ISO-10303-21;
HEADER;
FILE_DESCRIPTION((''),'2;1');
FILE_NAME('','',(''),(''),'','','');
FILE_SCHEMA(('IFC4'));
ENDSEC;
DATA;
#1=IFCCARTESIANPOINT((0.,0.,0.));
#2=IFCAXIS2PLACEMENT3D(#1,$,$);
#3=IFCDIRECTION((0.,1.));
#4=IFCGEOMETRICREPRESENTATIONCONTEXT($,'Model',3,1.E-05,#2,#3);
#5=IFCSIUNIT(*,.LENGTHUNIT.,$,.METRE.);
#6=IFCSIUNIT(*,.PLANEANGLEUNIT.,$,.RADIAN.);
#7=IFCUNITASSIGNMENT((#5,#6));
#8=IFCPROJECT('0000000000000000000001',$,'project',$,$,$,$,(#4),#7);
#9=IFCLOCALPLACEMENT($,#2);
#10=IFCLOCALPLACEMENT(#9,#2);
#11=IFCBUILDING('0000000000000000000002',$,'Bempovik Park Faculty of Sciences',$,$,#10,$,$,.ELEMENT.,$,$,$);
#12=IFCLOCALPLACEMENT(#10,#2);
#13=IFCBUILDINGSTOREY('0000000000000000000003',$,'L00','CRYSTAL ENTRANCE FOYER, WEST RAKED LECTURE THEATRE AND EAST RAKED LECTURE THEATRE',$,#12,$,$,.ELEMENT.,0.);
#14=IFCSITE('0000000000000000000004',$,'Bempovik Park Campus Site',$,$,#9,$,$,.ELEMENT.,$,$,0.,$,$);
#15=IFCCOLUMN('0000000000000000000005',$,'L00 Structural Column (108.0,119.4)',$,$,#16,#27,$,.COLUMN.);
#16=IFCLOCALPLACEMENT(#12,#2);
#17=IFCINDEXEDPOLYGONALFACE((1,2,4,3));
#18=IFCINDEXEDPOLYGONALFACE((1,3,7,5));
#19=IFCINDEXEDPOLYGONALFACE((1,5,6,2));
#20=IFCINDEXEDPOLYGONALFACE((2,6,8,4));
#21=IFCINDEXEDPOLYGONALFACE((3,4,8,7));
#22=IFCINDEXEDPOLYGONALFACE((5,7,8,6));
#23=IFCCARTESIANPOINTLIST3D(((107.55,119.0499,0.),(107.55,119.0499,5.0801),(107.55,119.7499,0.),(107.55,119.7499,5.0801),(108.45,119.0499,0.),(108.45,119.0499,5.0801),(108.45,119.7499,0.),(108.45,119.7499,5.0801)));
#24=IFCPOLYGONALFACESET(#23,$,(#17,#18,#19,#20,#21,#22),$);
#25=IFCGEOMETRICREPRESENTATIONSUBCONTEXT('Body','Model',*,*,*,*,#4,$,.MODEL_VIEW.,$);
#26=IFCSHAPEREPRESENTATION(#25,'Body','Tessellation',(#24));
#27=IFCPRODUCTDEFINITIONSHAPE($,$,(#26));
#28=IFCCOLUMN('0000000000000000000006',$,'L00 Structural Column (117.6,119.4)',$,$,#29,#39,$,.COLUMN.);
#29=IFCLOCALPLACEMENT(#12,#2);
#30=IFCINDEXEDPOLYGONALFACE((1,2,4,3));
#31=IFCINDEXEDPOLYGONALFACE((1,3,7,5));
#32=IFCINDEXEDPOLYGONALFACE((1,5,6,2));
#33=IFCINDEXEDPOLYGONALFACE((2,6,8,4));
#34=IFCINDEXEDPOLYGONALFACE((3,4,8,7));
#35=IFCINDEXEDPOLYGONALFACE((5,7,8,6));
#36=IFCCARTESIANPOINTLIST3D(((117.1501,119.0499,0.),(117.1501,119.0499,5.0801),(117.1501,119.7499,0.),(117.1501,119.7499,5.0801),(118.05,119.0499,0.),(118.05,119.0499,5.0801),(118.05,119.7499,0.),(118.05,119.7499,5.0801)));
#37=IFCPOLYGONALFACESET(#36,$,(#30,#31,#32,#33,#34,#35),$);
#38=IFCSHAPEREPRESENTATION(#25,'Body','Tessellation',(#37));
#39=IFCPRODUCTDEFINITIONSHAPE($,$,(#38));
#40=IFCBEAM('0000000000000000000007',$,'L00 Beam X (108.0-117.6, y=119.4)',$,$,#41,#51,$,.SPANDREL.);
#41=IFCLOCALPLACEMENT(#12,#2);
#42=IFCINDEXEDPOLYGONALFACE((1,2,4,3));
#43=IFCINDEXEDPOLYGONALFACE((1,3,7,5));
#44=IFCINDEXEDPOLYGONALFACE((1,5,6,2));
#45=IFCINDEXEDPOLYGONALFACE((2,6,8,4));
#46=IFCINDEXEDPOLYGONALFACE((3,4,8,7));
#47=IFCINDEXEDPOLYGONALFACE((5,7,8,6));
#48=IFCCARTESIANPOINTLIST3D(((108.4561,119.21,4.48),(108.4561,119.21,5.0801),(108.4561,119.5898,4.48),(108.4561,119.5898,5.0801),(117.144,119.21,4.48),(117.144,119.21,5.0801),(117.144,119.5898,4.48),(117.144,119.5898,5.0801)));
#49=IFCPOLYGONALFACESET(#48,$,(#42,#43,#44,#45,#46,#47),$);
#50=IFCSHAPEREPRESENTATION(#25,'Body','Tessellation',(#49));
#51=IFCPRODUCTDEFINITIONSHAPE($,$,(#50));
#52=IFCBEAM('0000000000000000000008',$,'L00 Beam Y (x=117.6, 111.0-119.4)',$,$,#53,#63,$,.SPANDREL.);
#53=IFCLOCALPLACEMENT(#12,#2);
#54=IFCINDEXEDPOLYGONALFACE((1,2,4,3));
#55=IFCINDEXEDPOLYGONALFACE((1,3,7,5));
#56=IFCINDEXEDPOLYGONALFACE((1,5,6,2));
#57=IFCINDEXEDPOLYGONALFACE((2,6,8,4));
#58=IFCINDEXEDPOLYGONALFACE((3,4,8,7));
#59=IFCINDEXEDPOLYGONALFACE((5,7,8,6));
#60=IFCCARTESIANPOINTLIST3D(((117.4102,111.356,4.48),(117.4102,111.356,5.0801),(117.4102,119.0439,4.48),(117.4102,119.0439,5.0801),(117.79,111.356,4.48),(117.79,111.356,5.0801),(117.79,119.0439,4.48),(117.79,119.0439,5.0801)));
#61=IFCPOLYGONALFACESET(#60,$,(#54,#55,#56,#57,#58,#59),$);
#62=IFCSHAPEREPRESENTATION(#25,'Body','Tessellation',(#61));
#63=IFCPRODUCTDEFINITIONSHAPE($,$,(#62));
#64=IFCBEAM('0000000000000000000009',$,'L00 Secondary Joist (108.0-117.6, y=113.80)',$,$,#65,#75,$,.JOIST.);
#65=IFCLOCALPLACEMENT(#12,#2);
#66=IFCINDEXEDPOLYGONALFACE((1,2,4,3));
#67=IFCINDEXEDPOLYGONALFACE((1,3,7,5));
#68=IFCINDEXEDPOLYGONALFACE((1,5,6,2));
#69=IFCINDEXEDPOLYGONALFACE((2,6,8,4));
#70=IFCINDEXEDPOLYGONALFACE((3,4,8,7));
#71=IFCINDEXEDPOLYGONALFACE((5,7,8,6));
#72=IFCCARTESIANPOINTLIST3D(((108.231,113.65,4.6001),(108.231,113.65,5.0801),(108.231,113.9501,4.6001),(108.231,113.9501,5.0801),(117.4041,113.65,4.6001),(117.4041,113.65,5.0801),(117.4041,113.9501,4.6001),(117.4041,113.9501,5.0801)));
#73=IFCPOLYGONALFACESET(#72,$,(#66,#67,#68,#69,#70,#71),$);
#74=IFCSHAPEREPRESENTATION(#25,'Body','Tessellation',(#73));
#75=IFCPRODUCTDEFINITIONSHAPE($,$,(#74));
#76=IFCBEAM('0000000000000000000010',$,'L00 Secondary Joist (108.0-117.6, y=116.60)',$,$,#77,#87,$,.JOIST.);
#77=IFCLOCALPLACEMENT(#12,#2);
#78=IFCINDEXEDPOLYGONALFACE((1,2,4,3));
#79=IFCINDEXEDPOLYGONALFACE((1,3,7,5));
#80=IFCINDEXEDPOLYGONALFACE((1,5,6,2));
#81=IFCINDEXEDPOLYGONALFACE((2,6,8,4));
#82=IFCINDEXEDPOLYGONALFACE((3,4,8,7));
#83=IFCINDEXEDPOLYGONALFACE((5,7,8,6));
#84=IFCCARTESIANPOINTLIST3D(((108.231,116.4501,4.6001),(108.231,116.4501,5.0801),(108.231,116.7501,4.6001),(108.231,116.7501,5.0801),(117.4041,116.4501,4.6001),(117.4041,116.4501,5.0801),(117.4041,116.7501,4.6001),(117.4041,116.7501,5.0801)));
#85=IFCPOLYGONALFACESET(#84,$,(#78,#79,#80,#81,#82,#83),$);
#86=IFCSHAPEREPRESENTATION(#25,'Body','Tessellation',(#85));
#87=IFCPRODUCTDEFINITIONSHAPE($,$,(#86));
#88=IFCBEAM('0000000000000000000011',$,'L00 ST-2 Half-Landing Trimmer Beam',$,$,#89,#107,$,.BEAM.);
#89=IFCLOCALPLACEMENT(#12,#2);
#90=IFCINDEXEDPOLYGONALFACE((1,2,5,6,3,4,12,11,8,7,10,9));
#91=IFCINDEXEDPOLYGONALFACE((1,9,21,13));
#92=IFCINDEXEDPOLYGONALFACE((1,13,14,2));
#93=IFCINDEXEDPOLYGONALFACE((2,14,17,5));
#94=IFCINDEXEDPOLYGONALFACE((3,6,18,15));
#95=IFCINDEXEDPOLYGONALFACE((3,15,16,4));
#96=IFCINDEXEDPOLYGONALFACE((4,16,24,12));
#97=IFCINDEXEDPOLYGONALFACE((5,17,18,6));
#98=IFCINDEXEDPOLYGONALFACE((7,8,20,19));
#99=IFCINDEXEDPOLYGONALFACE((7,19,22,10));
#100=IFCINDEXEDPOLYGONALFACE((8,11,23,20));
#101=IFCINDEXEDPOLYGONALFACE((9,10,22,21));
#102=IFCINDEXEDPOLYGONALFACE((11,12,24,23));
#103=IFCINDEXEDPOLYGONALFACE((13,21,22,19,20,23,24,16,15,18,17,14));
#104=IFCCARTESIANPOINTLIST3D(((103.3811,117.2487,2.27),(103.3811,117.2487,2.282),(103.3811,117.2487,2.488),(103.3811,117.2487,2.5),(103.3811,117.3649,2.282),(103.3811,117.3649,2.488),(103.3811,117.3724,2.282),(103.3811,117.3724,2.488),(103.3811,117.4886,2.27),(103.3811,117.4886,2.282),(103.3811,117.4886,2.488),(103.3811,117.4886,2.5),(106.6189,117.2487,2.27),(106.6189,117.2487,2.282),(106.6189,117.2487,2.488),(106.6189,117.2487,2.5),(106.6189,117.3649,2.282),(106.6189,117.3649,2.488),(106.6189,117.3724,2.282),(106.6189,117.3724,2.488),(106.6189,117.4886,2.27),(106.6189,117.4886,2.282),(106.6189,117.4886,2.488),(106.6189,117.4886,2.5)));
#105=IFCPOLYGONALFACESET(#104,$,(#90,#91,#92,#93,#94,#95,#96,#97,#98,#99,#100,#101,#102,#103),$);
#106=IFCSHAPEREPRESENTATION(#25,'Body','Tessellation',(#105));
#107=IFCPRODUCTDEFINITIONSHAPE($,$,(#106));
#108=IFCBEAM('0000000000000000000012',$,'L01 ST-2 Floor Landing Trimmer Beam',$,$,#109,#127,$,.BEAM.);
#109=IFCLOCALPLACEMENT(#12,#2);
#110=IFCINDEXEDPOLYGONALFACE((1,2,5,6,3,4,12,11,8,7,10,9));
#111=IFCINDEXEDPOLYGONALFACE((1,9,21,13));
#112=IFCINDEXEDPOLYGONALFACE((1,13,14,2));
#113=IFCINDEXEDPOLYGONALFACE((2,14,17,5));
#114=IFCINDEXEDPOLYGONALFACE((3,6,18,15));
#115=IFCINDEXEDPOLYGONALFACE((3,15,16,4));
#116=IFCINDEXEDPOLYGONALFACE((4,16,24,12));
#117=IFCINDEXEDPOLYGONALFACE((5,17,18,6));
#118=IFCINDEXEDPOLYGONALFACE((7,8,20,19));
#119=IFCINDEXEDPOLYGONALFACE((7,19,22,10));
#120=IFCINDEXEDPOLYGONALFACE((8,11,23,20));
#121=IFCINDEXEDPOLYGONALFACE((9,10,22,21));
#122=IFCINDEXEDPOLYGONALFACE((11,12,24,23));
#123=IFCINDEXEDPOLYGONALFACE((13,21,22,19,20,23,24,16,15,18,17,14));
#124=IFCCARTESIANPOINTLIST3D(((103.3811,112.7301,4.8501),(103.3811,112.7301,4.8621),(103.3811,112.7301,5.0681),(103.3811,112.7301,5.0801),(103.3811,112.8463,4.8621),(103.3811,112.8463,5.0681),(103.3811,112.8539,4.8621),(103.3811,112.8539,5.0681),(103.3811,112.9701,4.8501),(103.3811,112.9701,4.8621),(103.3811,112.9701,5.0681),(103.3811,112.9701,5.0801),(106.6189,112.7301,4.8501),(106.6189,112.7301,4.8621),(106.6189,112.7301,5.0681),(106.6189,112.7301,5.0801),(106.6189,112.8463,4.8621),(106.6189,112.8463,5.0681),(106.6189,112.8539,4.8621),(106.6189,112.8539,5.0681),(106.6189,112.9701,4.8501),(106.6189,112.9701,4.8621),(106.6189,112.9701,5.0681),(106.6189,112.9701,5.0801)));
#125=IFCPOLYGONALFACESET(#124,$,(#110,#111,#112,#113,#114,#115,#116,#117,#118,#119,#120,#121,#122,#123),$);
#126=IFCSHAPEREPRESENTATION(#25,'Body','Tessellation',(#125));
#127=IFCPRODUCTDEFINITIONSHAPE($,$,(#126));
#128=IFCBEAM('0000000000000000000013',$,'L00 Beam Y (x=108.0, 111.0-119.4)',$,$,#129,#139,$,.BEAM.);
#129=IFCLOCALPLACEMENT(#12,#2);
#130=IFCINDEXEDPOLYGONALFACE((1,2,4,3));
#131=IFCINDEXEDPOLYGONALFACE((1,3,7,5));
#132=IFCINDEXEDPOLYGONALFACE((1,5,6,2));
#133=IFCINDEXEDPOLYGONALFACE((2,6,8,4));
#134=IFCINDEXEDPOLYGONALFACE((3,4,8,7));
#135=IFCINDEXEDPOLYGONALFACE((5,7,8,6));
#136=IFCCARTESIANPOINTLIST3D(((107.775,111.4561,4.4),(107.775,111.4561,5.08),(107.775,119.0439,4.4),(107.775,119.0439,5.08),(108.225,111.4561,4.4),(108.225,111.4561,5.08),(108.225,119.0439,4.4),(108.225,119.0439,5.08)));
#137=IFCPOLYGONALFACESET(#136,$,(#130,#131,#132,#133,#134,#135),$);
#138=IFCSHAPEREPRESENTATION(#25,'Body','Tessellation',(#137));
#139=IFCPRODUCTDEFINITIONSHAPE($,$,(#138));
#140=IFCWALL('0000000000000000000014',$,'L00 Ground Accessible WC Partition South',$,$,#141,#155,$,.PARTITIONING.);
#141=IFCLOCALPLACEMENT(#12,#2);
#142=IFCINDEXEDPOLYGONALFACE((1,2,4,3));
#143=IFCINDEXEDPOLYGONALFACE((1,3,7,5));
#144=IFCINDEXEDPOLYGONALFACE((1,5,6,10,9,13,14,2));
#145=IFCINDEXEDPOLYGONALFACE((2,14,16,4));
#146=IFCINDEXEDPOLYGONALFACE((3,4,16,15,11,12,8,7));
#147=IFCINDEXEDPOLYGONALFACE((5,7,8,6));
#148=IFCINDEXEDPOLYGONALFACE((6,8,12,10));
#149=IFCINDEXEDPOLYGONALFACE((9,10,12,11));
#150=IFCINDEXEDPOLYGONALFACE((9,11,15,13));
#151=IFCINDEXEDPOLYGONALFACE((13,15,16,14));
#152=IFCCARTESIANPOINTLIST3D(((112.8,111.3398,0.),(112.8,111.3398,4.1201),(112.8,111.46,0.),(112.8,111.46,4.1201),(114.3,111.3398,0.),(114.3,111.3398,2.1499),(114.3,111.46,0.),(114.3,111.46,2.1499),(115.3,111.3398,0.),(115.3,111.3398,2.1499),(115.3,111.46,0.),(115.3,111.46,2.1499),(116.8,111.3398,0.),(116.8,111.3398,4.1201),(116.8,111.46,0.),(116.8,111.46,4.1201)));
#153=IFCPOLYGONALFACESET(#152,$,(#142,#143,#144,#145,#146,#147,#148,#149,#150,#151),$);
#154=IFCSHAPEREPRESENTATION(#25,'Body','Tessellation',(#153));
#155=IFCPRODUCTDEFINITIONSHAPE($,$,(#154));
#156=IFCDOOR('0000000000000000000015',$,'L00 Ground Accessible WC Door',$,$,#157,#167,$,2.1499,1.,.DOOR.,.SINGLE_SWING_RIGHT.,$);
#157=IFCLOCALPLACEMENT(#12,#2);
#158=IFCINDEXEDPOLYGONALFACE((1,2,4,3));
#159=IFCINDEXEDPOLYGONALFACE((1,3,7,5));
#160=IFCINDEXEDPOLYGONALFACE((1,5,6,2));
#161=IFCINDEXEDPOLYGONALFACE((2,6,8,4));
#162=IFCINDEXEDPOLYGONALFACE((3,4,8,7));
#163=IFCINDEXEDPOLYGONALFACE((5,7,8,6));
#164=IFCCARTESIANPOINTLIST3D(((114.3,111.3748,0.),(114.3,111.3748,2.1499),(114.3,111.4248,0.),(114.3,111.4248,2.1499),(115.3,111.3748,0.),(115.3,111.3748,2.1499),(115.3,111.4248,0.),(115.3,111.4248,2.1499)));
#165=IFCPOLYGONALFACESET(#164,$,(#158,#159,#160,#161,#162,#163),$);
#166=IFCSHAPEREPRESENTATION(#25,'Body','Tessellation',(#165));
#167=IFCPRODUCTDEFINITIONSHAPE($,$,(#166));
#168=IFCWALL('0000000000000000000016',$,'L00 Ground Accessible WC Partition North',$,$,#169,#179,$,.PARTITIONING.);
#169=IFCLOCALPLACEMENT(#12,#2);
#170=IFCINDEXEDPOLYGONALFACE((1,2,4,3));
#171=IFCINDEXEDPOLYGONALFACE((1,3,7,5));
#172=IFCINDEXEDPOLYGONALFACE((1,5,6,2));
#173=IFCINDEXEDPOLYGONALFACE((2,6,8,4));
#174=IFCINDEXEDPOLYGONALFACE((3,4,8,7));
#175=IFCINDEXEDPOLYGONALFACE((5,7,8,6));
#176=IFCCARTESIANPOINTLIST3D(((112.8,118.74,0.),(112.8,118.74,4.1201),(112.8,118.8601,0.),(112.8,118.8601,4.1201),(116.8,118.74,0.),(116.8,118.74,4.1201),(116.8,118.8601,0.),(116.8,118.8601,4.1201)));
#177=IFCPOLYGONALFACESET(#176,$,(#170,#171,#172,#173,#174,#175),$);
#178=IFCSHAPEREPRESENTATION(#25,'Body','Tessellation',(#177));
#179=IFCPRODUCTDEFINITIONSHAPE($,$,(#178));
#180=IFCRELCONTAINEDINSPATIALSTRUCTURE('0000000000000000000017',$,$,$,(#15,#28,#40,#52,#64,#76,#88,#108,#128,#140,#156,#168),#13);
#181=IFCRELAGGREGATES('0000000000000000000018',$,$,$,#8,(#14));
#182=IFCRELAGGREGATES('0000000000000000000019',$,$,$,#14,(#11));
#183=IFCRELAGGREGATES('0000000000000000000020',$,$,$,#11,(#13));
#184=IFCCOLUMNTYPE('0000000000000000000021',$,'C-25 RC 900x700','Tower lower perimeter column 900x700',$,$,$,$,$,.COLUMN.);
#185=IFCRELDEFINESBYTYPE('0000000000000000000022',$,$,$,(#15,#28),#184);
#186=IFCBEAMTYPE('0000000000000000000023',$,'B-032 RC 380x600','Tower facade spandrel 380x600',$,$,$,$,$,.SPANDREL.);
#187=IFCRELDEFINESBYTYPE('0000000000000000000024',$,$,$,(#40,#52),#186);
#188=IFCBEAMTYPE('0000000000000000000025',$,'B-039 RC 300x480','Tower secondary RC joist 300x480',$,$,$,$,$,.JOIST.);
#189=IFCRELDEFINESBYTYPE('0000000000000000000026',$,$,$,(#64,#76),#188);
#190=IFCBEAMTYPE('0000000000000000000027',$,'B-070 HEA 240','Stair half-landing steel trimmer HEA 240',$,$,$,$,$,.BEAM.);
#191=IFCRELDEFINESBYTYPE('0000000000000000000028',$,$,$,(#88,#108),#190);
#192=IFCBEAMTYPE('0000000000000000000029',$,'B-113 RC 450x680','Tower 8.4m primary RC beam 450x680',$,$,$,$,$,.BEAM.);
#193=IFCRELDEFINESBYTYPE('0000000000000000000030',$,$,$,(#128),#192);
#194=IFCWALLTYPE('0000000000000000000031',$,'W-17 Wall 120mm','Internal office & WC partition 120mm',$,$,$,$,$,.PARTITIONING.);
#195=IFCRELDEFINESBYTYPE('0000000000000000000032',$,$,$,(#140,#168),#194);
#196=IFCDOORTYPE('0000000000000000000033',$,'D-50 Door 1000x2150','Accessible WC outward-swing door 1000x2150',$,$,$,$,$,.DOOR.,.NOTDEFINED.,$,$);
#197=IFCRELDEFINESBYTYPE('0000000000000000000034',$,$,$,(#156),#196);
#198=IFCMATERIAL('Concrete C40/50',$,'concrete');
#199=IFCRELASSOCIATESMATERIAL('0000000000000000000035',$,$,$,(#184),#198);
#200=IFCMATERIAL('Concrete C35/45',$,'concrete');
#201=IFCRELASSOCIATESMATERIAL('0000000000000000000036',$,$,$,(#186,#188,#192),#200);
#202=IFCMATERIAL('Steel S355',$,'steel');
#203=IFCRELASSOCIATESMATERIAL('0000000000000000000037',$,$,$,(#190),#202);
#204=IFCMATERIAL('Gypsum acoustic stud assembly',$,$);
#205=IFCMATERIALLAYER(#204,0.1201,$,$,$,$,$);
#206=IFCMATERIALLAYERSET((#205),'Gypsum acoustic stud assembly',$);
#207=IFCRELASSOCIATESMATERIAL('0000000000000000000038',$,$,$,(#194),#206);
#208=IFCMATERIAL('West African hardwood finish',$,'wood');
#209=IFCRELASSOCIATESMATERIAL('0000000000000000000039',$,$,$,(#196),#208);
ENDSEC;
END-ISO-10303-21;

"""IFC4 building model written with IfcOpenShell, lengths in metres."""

from ifc_helpers import new_model, si_unit, direction, frame, frame_2d, origin, origin_2d, place, context, subcontext, project, spatial, rectangle, i_section, extrude, material, layer, layer_set, material_profile, profile_set, type_object, element, fill, save


model = new_model("IFC4")

# Units and contexts
model_context = context("Model", 3, precision=1e-05, world=origin(), true_north=direction((0.0, 1.0)))
body_context = subcontext(model_context, "Body", "Model", "MODEL_VIEW")
ifc_project = project(units=[si_unit("LENGTHUNIT", "METRE"), si_unit("PLANEANGLEUNIT", "RADIAN")], contexts=[model_context])

# Site, building, storey
site_placement = place(None, origin())
site = spatial("IfcSite", under=ifc_project, at=site_placement, Name="Bempovik Park Campus Site", CompositionType="ELEMENT", RefElevation=0.0)
building_placement = place(site_placement, origin())
building = spatial("IfcBuilding", under=site, at=building_placement, Name="Bempovik Park Faculty of Sciences", CompositionType="ELEMENT")
storey_placement = place(building_placement, origin())
storey = spatial("IfcBuildingStorey", under=building, at=storey_placement, Name="L00", Description="CRYSTAL ENTRANCE FOYER, WEST RAKED LECTURE THEATRE AND EAST RAKED LECTURE THEATRE", CompositionType="ELEMENT", Elevation=0.0)

# Columns
ifc_material_1 = material(Name="Concrete C40/50", Category="concrete")
ifc_material_profile_1 = material_profile(ifc_material_1, rectangle(XDim=0.8999, YDim=0.7, at=origin_2d()), Name="RC 900x700")
ifc_profile_set_1 = profile_set([ifc_material_profile_1], Name="Concrete C40/50")
column_type = type_object("IfcColumnType", Name="C-25 RC 900x700", Description="Tower lower perimeter column 900x700", PredefinedType="COLUMN", material=ifc_profile_set_1)
for number, where, z_axis, x_axis, name in (
    (1, (108.0, 119.3999, 0.0), (0.0, 0.0, 1.0), (1.0, 0.0, 0.0), "L00 Structural Column (108.0,119.4)"),
    (2, (117.6001, 119.3999, 0.0), (0.0, 0.0, 1.0), (1.0, 0.0, 0.0), "L00 Structural Column (117.6,119.4)"),
):
    element("IfcColumn", number, at=place(storey_placement, frame(where, z_axis=z_axis, x_axis=x_axis)), inside=storey, type_object=column_type, Name=name, PredefinedType="COLUMN", context=body_context, shape_type="SweptSolid", body=[
        extrude(rectangle(XDim=0.8999, YDim=0.7, at=origin_2d()), origin(), (0.0, 0.0, 1.0), 5.0801),
    ])

# Beams
ifc_material_2 = material(Name="Concrete C35/45", Category="concrete")
ifc_material_profile_2 = material_profile(ifc_material_2, rectangle(XDim=0.3799, YDim=0.6001, at=origin_2d()), Name="RC 380x600")
ifc_profile_set_2 = profile_set([ifc_material_profile_2], Name="Concrete C35/45")
beam_type_1 = type_object("IfcBeamType", Name="B-032 RC 380x600", Description="Tower facade spandrel 380x600", PredefinedType="SPANDREL", material=ifc_profile_set_2)
beam_1_placement = place(storey_placement, frame((108.4561, 119.3999, 4.78), z_axis=(1.0, 0.0, 0.0), x_axis=(0.0, 1.0, 0.0)))
element("IfcBeam", 3, at=beam_1_placement, inside=storey, type_object=beam_type_1, Name="L00 Beam X (108.0-117.6, y=119.4)", PredefinedType="SPANDREL", context=body_context, shape_type="SweptSolid", body=[
    extrude(rectangle(XDim=0.3799, YDim=0.6001, at=origin_2d()), origin(), (0.0, 0.0, 1.0), 8.688),
])
beam_2_placement = place(storey_placement, frame((117.6001, 111.356, 4.78), z_axis=(0.0, 1.0, 0.0), x_axis=(-1.0, 0.0, 0.0)))
element("IfcBeam", 4, at=beam_2_placement, inside=storey, type_object=beam_type_1, Name="L00 Beam Y (x=117.6, 111.0-119.4)", PredefinedType="SPANDREL", context=body_context, shape_type="SweptSolid", body=[
    extrude(rectangle(XDim=0.3799, YDim=0.6001, at=origin_2d()), origin(), (0.0, 0.0, 1.0), 7.688),
])
ifc_material_profile_3 = material_profile(ifc_material_2, rectangle(XDim=0.3, YDim=0.48, at=origin_2d()), Name="RC 300x480")
ifc_profile_set_3 = profile_set([ifc_material_profile_3], Name="Concrete C35/45")
beam_type_2 = type_object("IfcBeamType", Name="B-039 RC 300x480", Description="Tower secondary RC joist 300x480", PredefinedType="JOIST", material=ifc_profile_set_3)
for number, where, z_axis, x_axis, name in (
    (5, (108.231, 113.8, 4.8401), (1.0, 0.0, 0.0), (0.0, 1.0, 0.0), "L00 Secondary Joist (108.0-117.6, y=113.80)"),
    (6, (108.231, 116.6001, 4.8401), (1.0, 0.0, 0.0), (0.0, 1.0, 0.0), "L00 Secondary Joist (108.0-117.6, y=116.60)"),
):
    element("IfcBeam", number, at=place(storey_placement, frame(where, z_axis=z_axis, x_axis=x_axis)), inside=storey, type_object=beam_type_2, Name=name, PredefinedType="JOIST", context=body_context, shape_type="SweptSolid", body=[
        extrude(rectangle(XDim=0.3, YDim=0.48, at=origin_2d()), origin(), (0.0, 0.0, 1.0), 9.1731),
    ])
ifc_material_3 = material(Name="Steel S355", Category="steel")
ifc_material_profile_4 = material_profile(ifc_material_3, i_section(OverallWidth=0.24, OverallDepth=0.23, WebThickness=0.0076, FlangeThickness=0.012, at=origin_2d()), Name="HEA 240")
ifc_profile_set_4 = profile_set([ifc_material_profile_4], Name="Steel S355")
beam_type_3 = type_object("IfcBeamType", Name="B-070 HEA 240", Description="Stair half-landing steel trimmer HEA 240", PredefinedType="BEAM", material=ifc_profile_set_4)
for number, where, z_axis, x_axis, name in (
    (7, (103.3811, 117.3687, 2.385), (1.0, 0.0, 0.0), (0.0, 1.0, 0.0), "L00 ST-2 Half-Landing Trimmer Beam"),
    (8, (103.3811, 112.8501, 4.9651), (1.0, 0.0, 0.0), (0.0, 1.0, 0.0), "L01 ST-2 Floor Landing Trimmer Beam"),
):
    element("IfcBeam", number, at=place(storey_placement, frame(where, z_axis=z_axis, x_axis=x_axis)), inside=storey, type_object=beam_type_3, Name=name, PredefinedType="BEAM", context=body_context, shape_type="SweptSolid", body=[
        extrude(i_section(OverallWidth=0.24, OverallDepth=0.23, WebThickness=0.0076, FlangeThickness=0.012, at=origin_2d()), origin(), (0.0, 0.0, 1.0), 3.2378),
    ])
ifc_material_profile_5 = material_profile(ifc_material_2, rectangle(XDim=0.45, YDim=0.6799, at=origin_2d()), Name="RC 450x680")
ifc_profile_set_5 = profile_set([ifc_material_profile_5], Name="Concrete C35/45")
beam_type_4 = type_object("IfcBeamType", Name="B-113 RC 450x680", Description="Tower 8.4m primary RC beam 450x680", PredefinedType="BEAM", material=ifc_profile_set_5)
beam_3_placement = place(storey_placement, frame((108.0, 111.4561, 4.74), z_axis=(0.0, 1.0, 0.0), x_axis=(-1.0, 0.0, 0.0)))
element("IfcBeam", 9, at=beam_3_placement, inside=storey, type_object=beam_type_4, Name="L00 Beam Y (x=108.0, 111.0-119.4)", PredefinedType="BEAM", context=body_context, shape_type="SweptSolid", body=[
    extrude(rectangle(XDim=0.45, YDim=0.6799, at=origin_2d()), origin(), (0.0, 0.0, 1.0), 7.5879),
])

# Wall, opening, door
ifc_material_4 = material(Name="Gypsum acoustic stud assembly")
ifc_layer_1 = layer(ifc_material_4, 0.1201)
ifc_layer_set_1 = layer_set([ifc_layer_1], Name="Gypsum acoustic stud assembly")
wall_type_1 = type_object("IfcWallType", Name="W-17 Wall 120mm", Description="Internal office & WC partition 120mm", PredefinedType="PARTITIONING", material=ifc_layer_set_1)
wall_1_placement = place(storey_placement, frame((112.8, 111.3999, 0.0), z_axis=(0.0, 0.0, 1.0), x_axis=(1.0, 0.0, 0.0)))
wall_1 = element("IfcWall", 10, at=wall_1_placement, inside=storey, type_object=wall_type_1, Name="L00 Ground Accessible WC Partition South", PredefinedType="PARTITIONING", context=body_context, shape_type="SweptSolid", body=[
    extrude(rectangle(XDim=4.0, YDim=0.1201, at=frame_2d((2.0, 0.0))), origin(), (0.0, 0.0, 1.0), 4.1201),
])
opening_1_placement = place(wall_1_placement, frame((1.5, 0.0, 0.0)))
opening_1 = element("IfcOpeningElement", 11, at=opening_1_placement, cuts=wall_1, PredefinedType="OPENING", context=body_context, shape_type="SweptSolid", body=[
    extrude(rectangle(XDim=1.0, YDim=2.1499, at=frame_2d((0.5, 1.075))), frame((0.0, 0.0701, 0.0), z_axis=(0.0, -1.0, 0.0), x_axis=(1.0, 0.0, 0.0)), (0.0, 0.0, 1.0), 0.1401),
])
ifc_material_5 = material(Name="West African hardwood finish", Category="wood")
door_type_1 = type_object("IfcDoorType", Name="D-50 Door 1000x2150", Description="Accessible WC outward-swing door 1000x2150", OperationType="NOTDEFINED", PredefinedType="DOOR", material=ifc_material_5)
door_1_placement = place(opening_1_placement, origin())
door_1 = element("IfcDoor", 12, at=door_1_placement, inside=storey, type_object=door_type_1, Name="L00 Ground Accessible WC Door", OperationType="SINGLE_SWING_RIGHT", OverallHeight=2.1499, OverallWidth=1.0, PredefinedType="DOOR", context=body_context, shape_type="SweptSolid", body=[
    extrude(rectangle(XDim=1.0, YDim=2.1499, at=frame_2d((0.5, 1.075))), frame((0.0, 0.0249, 0.0), z_axis=(0.0, -1.0, 0.0), x_axis=(1.0, 0.0, 0.0)), (0.0, 0.0, 1.0), 0.05),
])
fill(opening_1, door_1)

# Wall
wall_2_placement = place(storey_placement, frame((112.8, 118.8, 0.0), z_axis=(0.0, 0.0, 1.0), x_axis=(1.0, 0.0, 0.0)))
element("IfcWall", 13, at=wall_2_placement, inside=storey, type_object=wall_type_1, Name="L00 Ground Accessible WC Partition North", PredefinedType="PARTITIONING", context=body_context, shape_type="SweptSolid", body=[
    extrude(rectangle(XDim=4.0, YDim=0.1201, at=frame_2d((2.0, 0.0))), origin(), (0.0, 0.0, 1.0), 4.1201),
])

save(model, "model.ifc")
